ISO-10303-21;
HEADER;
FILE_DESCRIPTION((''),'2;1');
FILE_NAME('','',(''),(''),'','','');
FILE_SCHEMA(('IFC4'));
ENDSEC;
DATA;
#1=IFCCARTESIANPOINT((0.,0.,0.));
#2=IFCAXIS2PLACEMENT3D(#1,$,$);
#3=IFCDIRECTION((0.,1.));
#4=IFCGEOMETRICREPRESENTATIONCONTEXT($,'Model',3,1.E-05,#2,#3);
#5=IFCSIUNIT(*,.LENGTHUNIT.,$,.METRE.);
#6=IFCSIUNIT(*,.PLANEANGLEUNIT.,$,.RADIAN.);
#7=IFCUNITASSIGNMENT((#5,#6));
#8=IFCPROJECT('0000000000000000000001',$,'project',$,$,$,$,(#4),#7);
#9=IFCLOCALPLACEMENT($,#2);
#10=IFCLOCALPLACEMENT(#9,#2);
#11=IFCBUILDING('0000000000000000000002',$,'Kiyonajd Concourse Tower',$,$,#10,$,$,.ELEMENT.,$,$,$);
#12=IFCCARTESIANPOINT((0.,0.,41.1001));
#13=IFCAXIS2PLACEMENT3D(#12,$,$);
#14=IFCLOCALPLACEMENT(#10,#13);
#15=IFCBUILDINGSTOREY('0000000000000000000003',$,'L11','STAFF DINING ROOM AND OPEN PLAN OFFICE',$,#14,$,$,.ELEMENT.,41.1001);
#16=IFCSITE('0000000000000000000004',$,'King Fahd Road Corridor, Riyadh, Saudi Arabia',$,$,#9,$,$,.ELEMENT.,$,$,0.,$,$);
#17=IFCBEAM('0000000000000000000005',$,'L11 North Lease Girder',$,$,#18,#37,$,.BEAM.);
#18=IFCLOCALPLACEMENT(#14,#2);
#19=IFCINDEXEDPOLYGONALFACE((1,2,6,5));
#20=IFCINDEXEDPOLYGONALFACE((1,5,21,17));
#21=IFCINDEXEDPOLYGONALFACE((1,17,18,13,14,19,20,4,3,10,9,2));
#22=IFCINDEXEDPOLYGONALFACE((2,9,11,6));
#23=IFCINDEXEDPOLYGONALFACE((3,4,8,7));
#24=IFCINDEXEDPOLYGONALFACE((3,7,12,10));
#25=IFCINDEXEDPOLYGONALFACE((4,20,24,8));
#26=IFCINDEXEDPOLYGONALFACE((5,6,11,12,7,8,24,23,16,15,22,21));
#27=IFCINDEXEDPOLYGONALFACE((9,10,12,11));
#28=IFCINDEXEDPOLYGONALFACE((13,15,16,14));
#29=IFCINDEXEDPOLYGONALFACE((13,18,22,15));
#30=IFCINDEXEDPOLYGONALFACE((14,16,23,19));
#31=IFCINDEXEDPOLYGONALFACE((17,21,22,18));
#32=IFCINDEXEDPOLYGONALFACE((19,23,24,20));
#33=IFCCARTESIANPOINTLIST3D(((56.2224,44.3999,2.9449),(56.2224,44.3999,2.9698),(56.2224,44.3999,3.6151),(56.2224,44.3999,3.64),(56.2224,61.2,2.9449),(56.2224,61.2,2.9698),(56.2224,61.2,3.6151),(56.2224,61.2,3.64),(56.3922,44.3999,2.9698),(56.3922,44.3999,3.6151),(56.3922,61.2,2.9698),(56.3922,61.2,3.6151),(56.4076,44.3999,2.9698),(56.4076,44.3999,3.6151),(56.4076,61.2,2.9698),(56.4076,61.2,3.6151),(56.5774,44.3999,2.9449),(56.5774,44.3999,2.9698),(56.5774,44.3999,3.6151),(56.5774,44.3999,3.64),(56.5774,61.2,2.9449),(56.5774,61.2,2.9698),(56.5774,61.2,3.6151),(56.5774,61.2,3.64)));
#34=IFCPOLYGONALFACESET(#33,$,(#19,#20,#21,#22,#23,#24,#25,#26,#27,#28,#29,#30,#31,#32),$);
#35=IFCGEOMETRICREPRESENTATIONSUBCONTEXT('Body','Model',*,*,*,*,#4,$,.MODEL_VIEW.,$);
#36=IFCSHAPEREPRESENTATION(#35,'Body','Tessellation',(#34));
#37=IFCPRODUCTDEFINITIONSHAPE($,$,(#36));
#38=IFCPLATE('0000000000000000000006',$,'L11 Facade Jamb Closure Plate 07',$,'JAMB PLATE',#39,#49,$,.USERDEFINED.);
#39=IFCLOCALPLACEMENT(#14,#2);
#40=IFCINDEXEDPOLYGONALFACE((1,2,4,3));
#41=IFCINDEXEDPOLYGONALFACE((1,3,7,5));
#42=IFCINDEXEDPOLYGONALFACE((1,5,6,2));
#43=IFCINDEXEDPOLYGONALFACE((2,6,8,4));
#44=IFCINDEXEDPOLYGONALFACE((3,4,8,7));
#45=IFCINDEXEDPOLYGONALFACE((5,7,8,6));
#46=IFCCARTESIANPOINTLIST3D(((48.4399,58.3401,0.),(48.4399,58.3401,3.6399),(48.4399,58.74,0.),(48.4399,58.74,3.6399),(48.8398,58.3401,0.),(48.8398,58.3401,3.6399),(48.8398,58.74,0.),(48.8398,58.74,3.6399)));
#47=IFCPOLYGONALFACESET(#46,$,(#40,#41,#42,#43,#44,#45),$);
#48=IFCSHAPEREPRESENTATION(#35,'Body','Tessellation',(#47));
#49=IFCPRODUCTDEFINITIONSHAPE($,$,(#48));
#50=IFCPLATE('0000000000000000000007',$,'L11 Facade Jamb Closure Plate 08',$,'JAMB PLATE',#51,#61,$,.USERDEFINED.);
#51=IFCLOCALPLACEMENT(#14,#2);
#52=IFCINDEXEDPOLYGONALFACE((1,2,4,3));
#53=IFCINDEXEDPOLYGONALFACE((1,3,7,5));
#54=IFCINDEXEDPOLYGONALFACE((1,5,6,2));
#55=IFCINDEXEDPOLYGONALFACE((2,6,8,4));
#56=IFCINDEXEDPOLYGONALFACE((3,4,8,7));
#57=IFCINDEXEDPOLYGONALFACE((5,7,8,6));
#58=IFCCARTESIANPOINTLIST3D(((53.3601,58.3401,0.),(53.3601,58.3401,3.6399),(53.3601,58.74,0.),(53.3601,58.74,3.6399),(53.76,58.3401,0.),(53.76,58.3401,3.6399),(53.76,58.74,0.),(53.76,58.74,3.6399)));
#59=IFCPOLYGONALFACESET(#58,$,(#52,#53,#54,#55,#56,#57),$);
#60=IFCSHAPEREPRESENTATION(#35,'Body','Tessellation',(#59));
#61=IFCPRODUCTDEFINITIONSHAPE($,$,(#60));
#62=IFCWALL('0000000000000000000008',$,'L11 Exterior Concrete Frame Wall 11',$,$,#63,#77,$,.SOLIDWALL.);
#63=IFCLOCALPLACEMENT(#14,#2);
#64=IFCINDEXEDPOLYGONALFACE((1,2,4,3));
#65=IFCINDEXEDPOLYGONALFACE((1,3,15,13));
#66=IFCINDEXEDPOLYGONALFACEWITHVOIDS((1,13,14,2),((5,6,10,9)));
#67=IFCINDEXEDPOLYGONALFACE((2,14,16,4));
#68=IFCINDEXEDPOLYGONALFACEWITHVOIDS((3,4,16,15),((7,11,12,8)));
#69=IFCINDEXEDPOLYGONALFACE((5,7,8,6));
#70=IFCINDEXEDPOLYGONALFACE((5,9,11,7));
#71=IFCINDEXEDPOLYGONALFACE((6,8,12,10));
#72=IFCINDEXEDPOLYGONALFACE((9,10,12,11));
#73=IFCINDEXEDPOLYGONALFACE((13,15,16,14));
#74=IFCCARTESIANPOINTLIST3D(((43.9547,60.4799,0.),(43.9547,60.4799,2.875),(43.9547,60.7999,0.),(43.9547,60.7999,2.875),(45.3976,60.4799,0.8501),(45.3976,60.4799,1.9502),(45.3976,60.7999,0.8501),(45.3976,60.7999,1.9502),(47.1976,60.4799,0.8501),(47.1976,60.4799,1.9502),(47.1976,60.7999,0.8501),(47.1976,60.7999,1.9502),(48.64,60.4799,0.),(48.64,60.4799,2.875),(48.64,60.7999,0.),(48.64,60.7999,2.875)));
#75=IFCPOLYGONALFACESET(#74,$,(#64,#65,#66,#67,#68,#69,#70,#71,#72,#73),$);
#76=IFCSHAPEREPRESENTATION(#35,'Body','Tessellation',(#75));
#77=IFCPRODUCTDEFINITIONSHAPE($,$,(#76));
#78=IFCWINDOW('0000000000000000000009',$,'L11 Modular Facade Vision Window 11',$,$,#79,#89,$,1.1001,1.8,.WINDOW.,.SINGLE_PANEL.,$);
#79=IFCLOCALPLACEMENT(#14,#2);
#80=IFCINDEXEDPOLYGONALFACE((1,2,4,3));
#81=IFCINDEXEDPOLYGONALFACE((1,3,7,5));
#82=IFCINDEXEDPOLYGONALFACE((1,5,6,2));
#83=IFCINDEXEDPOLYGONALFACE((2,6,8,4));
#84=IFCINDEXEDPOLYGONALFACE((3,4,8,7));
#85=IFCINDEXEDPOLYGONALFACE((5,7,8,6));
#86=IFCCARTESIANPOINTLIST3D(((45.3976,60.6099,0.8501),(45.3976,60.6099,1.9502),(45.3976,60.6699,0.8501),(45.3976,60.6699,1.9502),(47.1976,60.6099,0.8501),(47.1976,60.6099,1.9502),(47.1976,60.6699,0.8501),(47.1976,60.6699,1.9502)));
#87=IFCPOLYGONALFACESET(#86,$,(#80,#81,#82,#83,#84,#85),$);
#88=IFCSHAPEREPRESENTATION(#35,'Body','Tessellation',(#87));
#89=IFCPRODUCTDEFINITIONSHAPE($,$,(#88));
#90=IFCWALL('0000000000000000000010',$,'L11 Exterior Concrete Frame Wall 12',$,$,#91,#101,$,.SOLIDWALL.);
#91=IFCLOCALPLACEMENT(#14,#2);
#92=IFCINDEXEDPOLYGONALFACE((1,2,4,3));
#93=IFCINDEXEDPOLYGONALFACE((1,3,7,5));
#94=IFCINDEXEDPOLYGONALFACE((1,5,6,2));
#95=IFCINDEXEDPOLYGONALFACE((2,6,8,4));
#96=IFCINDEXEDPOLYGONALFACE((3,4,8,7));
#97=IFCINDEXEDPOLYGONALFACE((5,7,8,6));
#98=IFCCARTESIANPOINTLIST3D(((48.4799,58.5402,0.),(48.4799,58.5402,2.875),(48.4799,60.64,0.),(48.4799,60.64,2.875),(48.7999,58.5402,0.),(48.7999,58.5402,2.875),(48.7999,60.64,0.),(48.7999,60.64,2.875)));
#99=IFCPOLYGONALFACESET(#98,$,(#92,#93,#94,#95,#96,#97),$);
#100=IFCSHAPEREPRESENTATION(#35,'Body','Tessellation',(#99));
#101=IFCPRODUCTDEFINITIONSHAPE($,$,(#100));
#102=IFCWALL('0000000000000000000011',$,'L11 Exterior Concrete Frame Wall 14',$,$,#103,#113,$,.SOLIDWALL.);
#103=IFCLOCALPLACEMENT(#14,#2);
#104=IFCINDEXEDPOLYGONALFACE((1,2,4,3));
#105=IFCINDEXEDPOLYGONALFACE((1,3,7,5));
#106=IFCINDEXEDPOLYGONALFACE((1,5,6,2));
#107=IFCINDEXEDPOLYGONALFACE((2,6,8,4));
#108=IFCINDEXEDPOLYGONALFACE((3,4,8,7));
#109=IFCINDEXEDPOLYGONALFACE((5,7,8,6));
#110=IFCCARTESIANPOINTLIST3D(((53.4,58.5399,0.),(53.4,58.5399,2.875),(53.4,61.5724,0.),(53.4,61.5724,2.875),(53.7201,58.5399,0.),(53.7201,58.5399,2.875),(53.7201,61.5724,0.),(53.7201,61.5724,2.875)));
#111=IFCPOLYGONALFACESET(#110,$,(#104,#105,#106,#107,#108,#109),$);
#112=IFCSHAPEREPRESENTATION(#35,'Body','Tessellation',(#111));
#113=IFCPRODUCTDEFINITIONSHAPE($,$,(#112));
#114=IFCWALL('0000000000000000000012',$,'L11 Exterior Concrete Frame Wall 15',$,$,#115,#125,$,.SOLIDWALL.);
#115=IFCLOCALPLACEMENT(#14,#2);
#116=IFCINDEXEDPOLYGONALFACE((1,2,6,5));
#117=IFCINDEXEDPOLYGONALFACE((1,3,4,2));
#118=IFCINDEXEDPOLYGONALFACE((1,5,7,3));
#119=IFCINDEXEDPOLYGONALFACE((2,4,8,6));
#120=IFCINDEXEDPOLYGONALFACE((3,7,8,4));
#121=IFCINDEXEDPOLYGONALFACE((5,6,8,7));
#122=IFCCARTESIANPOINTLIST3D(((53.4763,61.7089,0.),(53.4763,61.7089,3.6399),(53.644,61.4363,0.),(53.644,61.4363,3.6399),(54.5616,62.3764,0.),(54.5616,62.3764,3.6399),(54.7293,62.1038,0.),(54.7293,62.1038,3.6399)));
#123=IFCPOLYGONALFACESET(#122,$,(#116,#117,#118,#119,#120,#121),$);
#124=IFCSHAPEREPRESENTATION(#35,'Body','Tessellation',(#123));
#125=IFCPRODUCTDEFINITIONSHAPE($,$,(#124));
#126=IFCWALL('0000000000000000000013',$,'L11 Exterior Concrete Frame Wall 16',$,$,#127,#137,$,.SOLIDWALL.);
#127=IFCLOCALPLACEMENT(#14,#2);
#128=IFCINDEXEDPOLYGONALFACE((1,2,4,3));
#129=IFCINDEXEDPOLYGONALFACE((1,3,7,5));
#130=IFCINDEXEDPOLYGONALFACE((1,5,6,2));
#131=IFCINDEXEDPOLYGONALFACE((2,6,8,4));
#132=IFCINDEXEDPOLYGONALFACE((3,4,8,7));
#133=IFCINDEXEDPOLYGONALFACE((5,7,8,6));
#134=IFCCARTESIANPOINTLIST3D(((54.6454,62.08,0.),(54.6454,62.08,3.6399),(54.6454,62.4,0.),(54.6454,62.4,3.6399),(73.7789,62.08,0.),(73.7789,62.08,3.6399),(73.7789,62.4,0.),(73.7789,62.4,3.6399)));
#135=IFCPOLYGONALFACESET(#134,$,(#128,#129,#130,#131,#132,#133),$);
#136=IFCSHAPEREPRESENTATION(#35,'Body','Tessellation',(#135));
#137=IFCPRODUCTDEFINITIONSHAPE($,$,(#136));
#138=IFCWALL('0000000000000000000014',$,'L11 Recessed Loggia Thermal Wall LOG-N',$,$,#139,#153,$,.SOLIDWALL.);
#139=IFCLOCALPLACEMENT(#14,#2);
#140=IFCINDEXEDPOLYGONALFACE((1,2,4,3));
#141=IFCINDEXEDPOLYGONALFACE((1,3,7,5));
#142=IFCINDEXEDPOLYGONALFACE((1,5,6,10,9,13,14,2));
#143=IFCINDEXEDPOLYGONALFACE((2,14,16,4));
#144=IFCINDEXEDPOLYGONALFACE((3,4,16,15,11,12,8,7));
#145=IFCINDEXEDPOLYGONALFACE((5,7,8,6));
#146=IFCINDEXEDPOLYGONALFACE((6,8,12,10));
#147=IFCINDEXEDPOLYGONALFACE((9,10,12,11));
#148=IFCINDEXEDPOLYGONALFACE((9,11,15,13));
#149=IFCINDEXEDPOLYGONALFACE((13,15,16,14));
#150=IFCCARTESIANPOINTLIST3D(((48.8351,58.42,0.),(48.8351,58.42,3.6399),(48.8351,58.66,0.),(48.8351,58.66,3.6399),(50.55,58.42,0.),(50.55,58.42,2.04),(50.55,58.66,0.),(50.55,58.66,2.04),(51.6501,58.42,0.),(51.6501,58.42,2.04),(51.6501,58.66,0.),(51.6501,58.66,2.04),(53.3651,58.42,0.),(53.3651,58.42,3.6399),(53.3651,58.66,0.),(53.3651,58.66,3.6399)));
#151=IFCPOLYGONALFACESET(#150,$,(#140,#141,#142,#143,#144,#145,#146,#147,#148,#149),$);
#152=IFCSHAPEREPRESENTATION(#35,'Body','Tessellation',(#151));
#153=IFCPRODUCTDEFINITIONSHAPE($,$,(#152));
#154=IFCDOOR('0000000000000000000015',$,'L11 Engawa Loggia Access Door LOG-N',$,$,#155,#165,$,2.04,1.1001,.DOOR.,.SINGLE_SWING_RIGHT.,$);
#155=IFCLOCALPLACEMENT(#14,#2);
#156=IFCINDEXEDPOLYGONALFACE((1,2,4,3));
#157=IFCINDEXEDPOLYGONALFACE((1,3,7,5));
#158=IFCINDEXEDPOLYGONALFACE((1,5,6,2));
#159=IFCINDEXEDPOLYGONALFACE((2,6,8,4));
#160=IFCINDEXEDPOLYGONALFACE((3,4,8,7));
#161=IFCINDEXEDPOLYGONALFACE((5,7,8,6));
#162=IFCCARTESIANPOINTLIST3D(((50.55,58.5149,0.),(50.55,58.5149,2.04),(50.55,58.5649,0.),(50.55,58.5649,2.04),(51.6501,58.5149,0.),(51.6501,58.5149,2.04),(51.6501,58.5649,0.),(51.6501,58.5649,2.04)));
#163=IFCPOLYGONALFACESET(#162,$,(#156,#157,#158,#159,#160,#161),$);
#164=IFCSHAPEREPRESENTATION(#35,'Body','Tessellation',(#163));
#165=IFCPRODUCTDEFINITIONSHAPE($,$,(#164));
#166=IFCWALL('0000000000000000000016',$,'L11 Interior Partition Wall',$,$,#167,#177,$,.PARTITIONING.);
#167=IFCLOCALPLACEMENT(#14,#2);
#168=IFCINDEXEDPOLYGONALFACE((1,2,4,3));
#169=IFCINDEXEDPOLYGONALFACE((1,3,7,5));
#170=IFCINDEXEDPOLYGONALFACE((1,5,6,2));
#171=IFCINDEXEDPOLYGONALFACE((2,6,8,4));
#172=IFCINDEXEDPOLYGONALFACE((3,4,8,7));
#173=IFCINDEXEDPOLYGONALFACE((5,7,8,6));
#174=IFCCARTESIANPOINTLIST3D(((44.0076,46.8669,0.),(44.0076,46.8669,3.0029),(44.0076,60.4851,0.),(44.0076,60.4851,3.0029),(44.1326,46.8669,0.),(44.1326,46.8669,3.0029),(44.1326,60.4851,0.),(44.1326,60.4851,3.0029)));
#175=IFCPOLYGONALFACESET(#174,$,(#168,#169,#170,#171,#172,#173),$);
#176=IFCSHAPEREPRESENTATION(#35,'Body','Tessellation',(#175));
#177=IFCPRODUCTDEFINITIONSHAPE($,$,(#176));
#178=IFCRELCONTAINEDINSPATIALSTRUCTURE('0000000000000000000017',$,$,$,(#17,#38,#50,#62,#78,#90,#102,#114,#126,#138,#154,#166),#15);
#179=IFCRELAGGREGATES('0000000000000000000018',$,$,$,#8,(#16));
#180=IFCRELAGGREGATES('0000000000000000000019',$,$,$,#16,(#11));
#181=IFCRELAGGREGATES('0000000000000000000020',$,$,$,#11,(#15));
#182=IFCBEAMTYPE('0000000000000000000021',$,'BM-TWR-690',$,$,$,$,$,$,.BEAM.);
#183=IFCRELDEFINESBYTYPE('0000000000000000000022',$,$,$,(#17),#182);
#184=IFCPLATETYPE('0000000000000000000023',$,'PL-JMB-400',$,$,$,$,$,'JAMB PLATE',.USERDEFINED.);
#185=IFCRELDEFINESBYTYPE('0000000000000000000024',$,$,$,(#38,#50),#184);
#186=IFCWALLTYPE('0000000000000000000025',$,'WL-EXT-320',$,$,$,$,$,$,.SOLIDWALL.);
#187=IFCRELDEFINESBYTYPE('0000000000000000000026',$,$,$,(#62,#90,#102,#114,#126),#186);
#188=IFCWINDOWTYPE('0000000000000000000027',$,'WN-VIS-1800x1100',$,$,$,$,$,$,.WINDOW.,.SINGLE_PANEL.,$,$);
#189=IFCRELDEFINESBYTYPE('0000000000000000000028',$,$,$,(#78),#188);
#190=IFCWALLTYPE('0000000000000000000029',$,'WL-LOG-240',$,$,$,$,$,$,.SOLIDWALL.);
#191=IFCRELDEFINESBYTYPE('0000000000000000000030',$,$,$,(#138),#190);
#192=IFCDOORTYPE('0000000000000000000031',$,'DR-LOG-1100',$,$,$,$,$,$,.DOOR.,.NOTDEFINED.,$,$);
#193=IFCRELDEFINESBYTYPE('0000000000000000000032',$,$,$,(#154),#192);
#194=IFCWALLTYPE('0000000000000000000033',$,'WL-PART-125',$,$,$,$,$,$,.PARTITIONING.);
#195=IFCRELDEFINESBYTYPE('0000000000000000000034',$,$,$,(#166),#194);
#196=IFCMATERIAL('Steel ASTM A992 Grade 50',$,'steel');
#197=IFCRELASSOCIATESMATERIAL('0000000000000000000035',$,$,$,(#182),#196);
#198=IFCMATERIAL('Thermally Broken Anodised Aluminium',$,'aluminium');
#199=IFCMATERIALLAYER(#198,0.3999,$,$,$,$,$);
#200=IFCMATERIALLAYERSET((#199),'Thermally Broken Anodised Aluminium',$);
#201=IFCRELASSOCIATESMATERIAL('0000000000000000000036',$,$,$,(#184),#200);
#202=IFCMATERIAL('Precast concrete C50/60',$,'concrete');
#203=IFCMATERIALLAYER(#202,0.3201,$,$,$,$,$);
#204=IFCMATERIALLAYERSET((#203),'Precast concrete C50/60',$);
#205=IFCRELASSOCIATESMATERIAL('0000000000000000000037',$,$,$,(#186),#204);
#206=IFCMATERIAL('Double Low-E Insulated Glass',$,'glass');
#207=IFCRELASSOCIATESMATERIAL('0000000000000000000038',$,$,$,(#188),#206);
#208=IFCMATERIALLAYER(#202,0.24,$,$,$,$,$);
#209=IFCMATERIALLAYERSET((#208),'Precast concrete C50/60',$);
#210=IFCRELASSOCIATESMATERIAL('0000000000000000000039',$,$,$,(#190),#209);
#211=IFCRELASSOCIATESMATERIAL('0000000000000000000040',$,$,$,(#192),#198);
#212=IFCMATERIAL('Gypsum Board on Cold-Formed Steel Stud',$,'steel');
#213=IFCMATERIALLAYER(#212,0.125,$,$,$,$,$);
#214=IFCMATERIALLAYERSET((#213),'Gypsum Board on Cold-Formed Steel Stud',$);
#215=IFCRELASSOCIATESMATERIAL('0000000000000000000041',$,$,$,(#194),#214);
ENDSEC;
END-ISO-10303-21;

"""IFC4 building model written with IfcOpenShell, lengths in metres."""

from ifc_helpers import new_model, si_unit, direction, frame, frame_2d, origin, origin_2d, place, context, subcontext, project, spatial, rectangle, i_section, extrude, material, layer, layer_set, material_profile, profile_set, type_object, element, fill, save


model = new_model("IFC4")

# Units and contexts
model_context = context("Model", 3, precision=1e-05, world=origin(), true_north=direction((0.0, 1.0)))
body_context = subcontext(model_context, "Body", "Model", "MODEL_VIEW")
ifc_project = project(units=[si_unit("LENGTHUNIT", "METRE"), si_unit("PLANEANGLEUNIT", "RADIAN")], contexts=[model_context])

# Site, building, storey
site_placement = place(None, origin())
site = spatial("IfcSite", under=ifc_project, at=site_placement, Name="King Fahd Road Corridor, Riyadh, Saudi Arabia", CompositionType="ELEMENT", RefElevation=0.0)
building_placement = place(site_placement, origin())
building = spatial("IfcBuilding", under=site, at=building_placement, Name="Kiyonajd Concourse Tower", CompositionType="ELEMENT")
storey_placement = place(building_placement, frame((0.0, 0.0, 41.1001)))
storey = spatial("IfcBuildingStorey", under=building, at=storey_placement, Name="L11", Description="STAFF DINING ROOM AND OPEN PLAN OFFICE", CompositionType="ELEMENT", Elevation=41.1001)

# Beam
ifc_material_1 = material(Name="Steel ASTM A992 Grade 50", Category="steel")
ifc_material_2 = material(Name="Precast concrete C50/60", Category="concrete")
ifc_material_profile_1 = material_profile(ifc_material_1, i_section(OverallWidth=0.355, OverallDepth=0.6951, WebThickness=0.0154, FlangeThickness=0.0249, at=origin_2d()), Name="W690X217")
ifc_profile_set_1 = profile_set([ifc_material_profile_1], Name="Steel ASTM A992 Grade 50")
beam_type_1 = type_object("IfcBeamType", Name="BM-TWR-690", PredefinedType="BEAM", material=ifc_profile_set_1)
beam_1_placement = place(storey_placement, frame((56.3999, 44.3999, 3.2925), z_axis=(0.0, 1.0, 0.0), x_axis=(-1.0, 0.0, 0.0)))
element("IfcBeam", 1, at=beam_1_placement, inside=storey, type_object=beam_type_1, Name="L11 North Lease Girder", PredefinedType="BEAM", context=body_context, shape_type="SweptSolid", body=[
    extrude(i_section(OverallWidth=0.355, OverallDepth=0.6951, WebThickness=0.0154, FlangeThickness=0.0249, at=origin_2d()), origin(), (0.0, 0.0, 1.0), 16.8),
])

# Plates
ifc_material_3 = material(Name="Thermally Broken Anodised Aluminium", Category="aluminium")
ifc_layer_1 = layer(ifc_material_3, 0.3999)
ifc_layer_set_1 = layer_set([ifc_layer_1], Name="Thermally Broken Anodised Aluminium")
plate_type = type_object("IfcPlateType", Name="PL-JMB-400", ElementType="JAMB PLATE", PredefinedType="USERDEFINED", material=ifc_layer_set_1)
for number, where, z_axis, x_axis, name in (
    (2, (48.6399, 58.54, 0.0), (0.0, 0.0, 1.0), (1.0, 0.0, 0.0), "L11 Facade Jamb Closure Plate 07"),
    (3, (53.5601, 58.54, 0.0), (0.0, 0.0, 1.0), (1.0, 0.0, 0.0), "L11 Facade Jamb Closure Plate 08"),
):
    element("IfcPlate", number, at=place(storey_placement, frame(where, z_axis=z_axis, x_axis=x_axis)), inside=storey, type_object=plate_type, Name=name, ObjectType="JAMB PLATE", PredefinedType="USERDEFINED", context=body_context, shape_type="SweptSolid", body=[
        extrude(rectangle(XDim=0.3999, YDim=0.3999, at=origin_2d()), origin(), (0.0, 0.0, 1.0), 3.6399),
    ])

# Wall, opening, window
ifc_layer_2 = layer(ifc_material_2, 0.3201)
ifc_layer_set_2 = layer_set([ifc_layer_2], Name="Precast concrete C50/60")
wall_type_1 = type_object("IfcWallType", Name="WL-EXT-320", PredefinedType="SOLIDWALL", material=ifc_layer_set_2)
wall_1_placement = place(storey_placement, frame((43.9546, 60.6399, 0.0), z_axis=(0.0, 0.0, 1.0), x_axis=(1.0, 0.0, 0.0)))
wall_1 = element("IfcWall", 4, at=wall_1_placement, inside=storey, type_object=wall_type_1, Name="L11 Exterior Concrete Frame Wall 11", PredefinedType="SOLIDWALL", context=body_context, shape_type="SweptSolid", body=[
    extrude(rectangle(XDim=4.6853, YDim=0.3201, at=frame_2d((2.3428, 0.0))), origin(), (0.0, 0.0, 1.0), 2.875),
])
opening_1_placement = place(wall_1_placement, frame((1.4431, 0.0, 0.8501)))
opening_1 = element("IfcOpeningElement", 5, at=opening_1_placement, cuts=wall_1, PredefinedType="OPENING", context=body_context, shape_type="SweptSolid", body=[
    extrude(rectangle(XDim=1.8, YDim=1.1001, at=frame_2d((0.8999, 0.55))), frame((0.0, 0.1699, 0.0), z_axis=(0.0, -1.0, 0.0), x_axis=(1.0, 0.0, 0.0)), (0.0, 0.0, 1.0), 0.3401),
])
ifc_material_4 = material(Name="Double Low-E Insulated Glass", Category="glass")
window_type = type_object("IfcWindowType", Name="WN-VIS-1800x1100", PartitioningType="SINGLE_PANEL", PredefinedType="WINDOW", material=ifc_material_4)
window_placement = place(opening_1_placement, origin())
window = element("IfcWindow", 6, at=window_placement, inside=storey, type_object=window_type, Name="L11 Modular Facade Vision Window 11", OverallHeight=1.1001, OverallWidth=1.8, PartitioningType="SINGLE_PANEL", PredefinedType="WINDOW", context=body_context, shape_type="SweptSolid", body=[
    extrude(rectangle(XDim=1.8, YDim=1.1001, at=frame_2d((0.8999, 0.55))), frame((0.0, 0.03, 0.0), z_axis=(0.0, -1.0, 0.0), x_axis=(1.0, 0.0, 0.0)), (0.0, 0.0, 1.0), 0.0601),
])
fill(opening_1, window)

# Walls
wall_2_placement = place(storey_placement, frame((48.6399, 60.6399, 0.0), z_axis=(0.0, 0.0, 1.0), x_axis=(0.0, -1.0, 0.0)))
element("IfcWall", 7, at=wall_2_placement, inside=storey, type_object=wall_type_1, Name="L11 Exterior Concrete Frame Wall 12", PredefinedType="SOLIDWALL", context=body_context, shape_type="SweptSolid", body=[
    extrude(rectangle(XDim=2.0999, YDim=0.3201, at=frame_2d((1.0498, 0.0))), origin(), (0.0, 0.0, 1.0), 2.875),
])
wall_3_placement = place(storey_placement, frame((53.5601, 58.54, 0.0), z_axis=(0.0, 0.0, 1.0), x_axis=(0.0, 1.0, 0.0)))
element("IfcWall", 8, at=wall_3_placement, inside=storey, type_object=wall_type_1, Name="L11 Exterior Concrete Frame Wall 14", PredefinedType="SOLIDWALL", context=body_context, shape_type="SweptSolid", body=[
    extrude(rectangle(XDim=3.0325, YDim=0.3201, at=frame_2d((1.5161, 0.0))), origin(), (0.0, 0.0, 1.0), 2.875),
])
wall_4_placement = place(storey_placement, frame((53.5601, 61.5725, 0.0), z_axis=(0.0, 0.0, 1.0), x_axis=(0.851777, 0.523905, 0.0)))
element("IfcWall", 9, at=wall_4_placement, inside=storey, type_object=wall_type_1, Name="L11 Exterior Concrete Frame Wall 15", PredefinedType="SOLIDWALL", context=body_context, shape_type="SweptSolid", body=[
    extrude(rectangle(XDim=1.2742, YDim=0.3201, at=frame_2d((0.6372, 0.0))), origin(), (0.0, 0.0, 1.0), 3.6399),
])
wall_5_placement = place(storey_placement, frame((54.6453, 62.24, 0.0), z_axis=(0.0, 0.0, 1.0), x_axis=(1.0, 0.0, 0.0)))
element("IfcWall", 10, at=wall_5_placement, inside=storey, type_object=wall_type_1, Name="L11 Exterior Concrete Frame Wall 16", PredefinedType="SOLIDWALL", context=body_context, shape_type="SweptSolid", body=[
    extrude(rectangle(XDim=19.1335, YDim=0.3201, at=frame_2d((9.5669, 0.0))), origin(), (0.0, 0.0, 1.0), 3.6399),
])

# Wall, opening, door
ifc_layer_3 = layer(ifc_material_2, 0.24)
ifc_layer_set_3 = layer_set([ifc_layer_3], Name="Precast concrete C50/60")
wall_type_2 = type_object("IfcWallType", Name="WL-LOG-240", PredefinedType="SOLIDWALL", material=ifc_layer_set_3)
wall_6_placement = place(storey_placement, frame((48.835, 58.54, 0.0), z_axis=(0.0, 0.0, 1.0), x_axis=(1.0, 0.0, 0.0)))
wall_6 = element("IfcWall", 11, at=wall_6_placement, inside=storey, type_object=wall_type_2, Name="L11 Recessed Loggia Thermal Wall LOG-N", PredefinedType="SOLIDWALL", context=body_context, shape_type="SweptSolid", body=[
    extrude(rectangle(XDim=4.53, YDim=0.24, at=frame_2d((2.2651, 0.0))), origin(), (0.0, 0.0, 1.0), 3.6399),
])
opening_2_placement = place(wall_6_placement, frame((1.7151, 0.0, 0.0)))
opening_2 = element("IfcOpeningElement", 12, at=opening_2_placement, cuts=wall_6, PredefinedType="OPENING", context=body_context, shape_type="SweptSolid", body=[
    extrude(rectangle(XDim=1.1001, YDim=2.04, at=frame_2d((0.55, 1.02))), frame((0.0, 0.1299, 0.0), z_axis=(0.0, -1.0, 0.0), x_axis=(1.0, 0.0, 0.0)), (0.0, 0.0, 1.0), 0.26),
])
door_type = type_object("IfcDoorType", Name="DR-LOG-1100", OperationType="NOTDEFINED", PredefinedType="DOOR", material=ifc_material_3)
door_placement = place(opening_2_placement, origin())
door = element("IfcDoor", 13, at=door_placement, inside=storey, type_object=door_type, Name="L11 Engawa Loggia Access Door LOG-N", OperationType="SINGLE_SWING_RIGHT", OverallHeight=2.04, OverallWidth=1.1001, PredefinedType="DOOR", context=body_context, shape_type="SweptSolid", body=[
    extrude(rectangle(XDim=1.1001, YDim=2.04, at=frame_2d((0.55, 1.02))), frame((0.0, 0.0249, 0.0), z_axis=(0.0, -1.0, 0.0), x_axis=(1.0, 0.0, 0.0)), (0.0, 0.0, 1.0), 0.05),
])
fill(opening_2, door)

# Wall
ifc_material_5 = material(Name="Gypsum Board on Cold-Formed Steel Stud", Category="steel")
ifc_layer_4 = layer(ifc_material_5, 0.125)
ifc_layer_set_4 = layer_set([ifc_layer_4], Name="Gypsum Board on Cold-Formed Steel Stud")
wall_type_3 = type_object("IfcWallType", Name="WL-PART-125", PredefinedType="PARTITIONING", material=ifc_layer_set_4)
wall_7_placement = place(storey_placement, frame((44.0701, 46.8669, 0.0), z_axis=(0.0, 0.0, 1.0), x_axis=(0.0, 1.0, 0.0)))
element("IfcWall", 14, at=wall_7_placement, inside=storey, type_object=wall_type_3, Name="L11 Interior Partition Wall", PredefinedType="PARTITIONING", context=body_context, shape_type="SweptSolid", body=[
    extrude(rectangle(XDim=13.6182, YDim=0.125, at=frame_2d((6.8091, 0.0))), origin(), (0.0, 0.0, 1.0), 3.0029),
])

save(model, "model.ifc")
